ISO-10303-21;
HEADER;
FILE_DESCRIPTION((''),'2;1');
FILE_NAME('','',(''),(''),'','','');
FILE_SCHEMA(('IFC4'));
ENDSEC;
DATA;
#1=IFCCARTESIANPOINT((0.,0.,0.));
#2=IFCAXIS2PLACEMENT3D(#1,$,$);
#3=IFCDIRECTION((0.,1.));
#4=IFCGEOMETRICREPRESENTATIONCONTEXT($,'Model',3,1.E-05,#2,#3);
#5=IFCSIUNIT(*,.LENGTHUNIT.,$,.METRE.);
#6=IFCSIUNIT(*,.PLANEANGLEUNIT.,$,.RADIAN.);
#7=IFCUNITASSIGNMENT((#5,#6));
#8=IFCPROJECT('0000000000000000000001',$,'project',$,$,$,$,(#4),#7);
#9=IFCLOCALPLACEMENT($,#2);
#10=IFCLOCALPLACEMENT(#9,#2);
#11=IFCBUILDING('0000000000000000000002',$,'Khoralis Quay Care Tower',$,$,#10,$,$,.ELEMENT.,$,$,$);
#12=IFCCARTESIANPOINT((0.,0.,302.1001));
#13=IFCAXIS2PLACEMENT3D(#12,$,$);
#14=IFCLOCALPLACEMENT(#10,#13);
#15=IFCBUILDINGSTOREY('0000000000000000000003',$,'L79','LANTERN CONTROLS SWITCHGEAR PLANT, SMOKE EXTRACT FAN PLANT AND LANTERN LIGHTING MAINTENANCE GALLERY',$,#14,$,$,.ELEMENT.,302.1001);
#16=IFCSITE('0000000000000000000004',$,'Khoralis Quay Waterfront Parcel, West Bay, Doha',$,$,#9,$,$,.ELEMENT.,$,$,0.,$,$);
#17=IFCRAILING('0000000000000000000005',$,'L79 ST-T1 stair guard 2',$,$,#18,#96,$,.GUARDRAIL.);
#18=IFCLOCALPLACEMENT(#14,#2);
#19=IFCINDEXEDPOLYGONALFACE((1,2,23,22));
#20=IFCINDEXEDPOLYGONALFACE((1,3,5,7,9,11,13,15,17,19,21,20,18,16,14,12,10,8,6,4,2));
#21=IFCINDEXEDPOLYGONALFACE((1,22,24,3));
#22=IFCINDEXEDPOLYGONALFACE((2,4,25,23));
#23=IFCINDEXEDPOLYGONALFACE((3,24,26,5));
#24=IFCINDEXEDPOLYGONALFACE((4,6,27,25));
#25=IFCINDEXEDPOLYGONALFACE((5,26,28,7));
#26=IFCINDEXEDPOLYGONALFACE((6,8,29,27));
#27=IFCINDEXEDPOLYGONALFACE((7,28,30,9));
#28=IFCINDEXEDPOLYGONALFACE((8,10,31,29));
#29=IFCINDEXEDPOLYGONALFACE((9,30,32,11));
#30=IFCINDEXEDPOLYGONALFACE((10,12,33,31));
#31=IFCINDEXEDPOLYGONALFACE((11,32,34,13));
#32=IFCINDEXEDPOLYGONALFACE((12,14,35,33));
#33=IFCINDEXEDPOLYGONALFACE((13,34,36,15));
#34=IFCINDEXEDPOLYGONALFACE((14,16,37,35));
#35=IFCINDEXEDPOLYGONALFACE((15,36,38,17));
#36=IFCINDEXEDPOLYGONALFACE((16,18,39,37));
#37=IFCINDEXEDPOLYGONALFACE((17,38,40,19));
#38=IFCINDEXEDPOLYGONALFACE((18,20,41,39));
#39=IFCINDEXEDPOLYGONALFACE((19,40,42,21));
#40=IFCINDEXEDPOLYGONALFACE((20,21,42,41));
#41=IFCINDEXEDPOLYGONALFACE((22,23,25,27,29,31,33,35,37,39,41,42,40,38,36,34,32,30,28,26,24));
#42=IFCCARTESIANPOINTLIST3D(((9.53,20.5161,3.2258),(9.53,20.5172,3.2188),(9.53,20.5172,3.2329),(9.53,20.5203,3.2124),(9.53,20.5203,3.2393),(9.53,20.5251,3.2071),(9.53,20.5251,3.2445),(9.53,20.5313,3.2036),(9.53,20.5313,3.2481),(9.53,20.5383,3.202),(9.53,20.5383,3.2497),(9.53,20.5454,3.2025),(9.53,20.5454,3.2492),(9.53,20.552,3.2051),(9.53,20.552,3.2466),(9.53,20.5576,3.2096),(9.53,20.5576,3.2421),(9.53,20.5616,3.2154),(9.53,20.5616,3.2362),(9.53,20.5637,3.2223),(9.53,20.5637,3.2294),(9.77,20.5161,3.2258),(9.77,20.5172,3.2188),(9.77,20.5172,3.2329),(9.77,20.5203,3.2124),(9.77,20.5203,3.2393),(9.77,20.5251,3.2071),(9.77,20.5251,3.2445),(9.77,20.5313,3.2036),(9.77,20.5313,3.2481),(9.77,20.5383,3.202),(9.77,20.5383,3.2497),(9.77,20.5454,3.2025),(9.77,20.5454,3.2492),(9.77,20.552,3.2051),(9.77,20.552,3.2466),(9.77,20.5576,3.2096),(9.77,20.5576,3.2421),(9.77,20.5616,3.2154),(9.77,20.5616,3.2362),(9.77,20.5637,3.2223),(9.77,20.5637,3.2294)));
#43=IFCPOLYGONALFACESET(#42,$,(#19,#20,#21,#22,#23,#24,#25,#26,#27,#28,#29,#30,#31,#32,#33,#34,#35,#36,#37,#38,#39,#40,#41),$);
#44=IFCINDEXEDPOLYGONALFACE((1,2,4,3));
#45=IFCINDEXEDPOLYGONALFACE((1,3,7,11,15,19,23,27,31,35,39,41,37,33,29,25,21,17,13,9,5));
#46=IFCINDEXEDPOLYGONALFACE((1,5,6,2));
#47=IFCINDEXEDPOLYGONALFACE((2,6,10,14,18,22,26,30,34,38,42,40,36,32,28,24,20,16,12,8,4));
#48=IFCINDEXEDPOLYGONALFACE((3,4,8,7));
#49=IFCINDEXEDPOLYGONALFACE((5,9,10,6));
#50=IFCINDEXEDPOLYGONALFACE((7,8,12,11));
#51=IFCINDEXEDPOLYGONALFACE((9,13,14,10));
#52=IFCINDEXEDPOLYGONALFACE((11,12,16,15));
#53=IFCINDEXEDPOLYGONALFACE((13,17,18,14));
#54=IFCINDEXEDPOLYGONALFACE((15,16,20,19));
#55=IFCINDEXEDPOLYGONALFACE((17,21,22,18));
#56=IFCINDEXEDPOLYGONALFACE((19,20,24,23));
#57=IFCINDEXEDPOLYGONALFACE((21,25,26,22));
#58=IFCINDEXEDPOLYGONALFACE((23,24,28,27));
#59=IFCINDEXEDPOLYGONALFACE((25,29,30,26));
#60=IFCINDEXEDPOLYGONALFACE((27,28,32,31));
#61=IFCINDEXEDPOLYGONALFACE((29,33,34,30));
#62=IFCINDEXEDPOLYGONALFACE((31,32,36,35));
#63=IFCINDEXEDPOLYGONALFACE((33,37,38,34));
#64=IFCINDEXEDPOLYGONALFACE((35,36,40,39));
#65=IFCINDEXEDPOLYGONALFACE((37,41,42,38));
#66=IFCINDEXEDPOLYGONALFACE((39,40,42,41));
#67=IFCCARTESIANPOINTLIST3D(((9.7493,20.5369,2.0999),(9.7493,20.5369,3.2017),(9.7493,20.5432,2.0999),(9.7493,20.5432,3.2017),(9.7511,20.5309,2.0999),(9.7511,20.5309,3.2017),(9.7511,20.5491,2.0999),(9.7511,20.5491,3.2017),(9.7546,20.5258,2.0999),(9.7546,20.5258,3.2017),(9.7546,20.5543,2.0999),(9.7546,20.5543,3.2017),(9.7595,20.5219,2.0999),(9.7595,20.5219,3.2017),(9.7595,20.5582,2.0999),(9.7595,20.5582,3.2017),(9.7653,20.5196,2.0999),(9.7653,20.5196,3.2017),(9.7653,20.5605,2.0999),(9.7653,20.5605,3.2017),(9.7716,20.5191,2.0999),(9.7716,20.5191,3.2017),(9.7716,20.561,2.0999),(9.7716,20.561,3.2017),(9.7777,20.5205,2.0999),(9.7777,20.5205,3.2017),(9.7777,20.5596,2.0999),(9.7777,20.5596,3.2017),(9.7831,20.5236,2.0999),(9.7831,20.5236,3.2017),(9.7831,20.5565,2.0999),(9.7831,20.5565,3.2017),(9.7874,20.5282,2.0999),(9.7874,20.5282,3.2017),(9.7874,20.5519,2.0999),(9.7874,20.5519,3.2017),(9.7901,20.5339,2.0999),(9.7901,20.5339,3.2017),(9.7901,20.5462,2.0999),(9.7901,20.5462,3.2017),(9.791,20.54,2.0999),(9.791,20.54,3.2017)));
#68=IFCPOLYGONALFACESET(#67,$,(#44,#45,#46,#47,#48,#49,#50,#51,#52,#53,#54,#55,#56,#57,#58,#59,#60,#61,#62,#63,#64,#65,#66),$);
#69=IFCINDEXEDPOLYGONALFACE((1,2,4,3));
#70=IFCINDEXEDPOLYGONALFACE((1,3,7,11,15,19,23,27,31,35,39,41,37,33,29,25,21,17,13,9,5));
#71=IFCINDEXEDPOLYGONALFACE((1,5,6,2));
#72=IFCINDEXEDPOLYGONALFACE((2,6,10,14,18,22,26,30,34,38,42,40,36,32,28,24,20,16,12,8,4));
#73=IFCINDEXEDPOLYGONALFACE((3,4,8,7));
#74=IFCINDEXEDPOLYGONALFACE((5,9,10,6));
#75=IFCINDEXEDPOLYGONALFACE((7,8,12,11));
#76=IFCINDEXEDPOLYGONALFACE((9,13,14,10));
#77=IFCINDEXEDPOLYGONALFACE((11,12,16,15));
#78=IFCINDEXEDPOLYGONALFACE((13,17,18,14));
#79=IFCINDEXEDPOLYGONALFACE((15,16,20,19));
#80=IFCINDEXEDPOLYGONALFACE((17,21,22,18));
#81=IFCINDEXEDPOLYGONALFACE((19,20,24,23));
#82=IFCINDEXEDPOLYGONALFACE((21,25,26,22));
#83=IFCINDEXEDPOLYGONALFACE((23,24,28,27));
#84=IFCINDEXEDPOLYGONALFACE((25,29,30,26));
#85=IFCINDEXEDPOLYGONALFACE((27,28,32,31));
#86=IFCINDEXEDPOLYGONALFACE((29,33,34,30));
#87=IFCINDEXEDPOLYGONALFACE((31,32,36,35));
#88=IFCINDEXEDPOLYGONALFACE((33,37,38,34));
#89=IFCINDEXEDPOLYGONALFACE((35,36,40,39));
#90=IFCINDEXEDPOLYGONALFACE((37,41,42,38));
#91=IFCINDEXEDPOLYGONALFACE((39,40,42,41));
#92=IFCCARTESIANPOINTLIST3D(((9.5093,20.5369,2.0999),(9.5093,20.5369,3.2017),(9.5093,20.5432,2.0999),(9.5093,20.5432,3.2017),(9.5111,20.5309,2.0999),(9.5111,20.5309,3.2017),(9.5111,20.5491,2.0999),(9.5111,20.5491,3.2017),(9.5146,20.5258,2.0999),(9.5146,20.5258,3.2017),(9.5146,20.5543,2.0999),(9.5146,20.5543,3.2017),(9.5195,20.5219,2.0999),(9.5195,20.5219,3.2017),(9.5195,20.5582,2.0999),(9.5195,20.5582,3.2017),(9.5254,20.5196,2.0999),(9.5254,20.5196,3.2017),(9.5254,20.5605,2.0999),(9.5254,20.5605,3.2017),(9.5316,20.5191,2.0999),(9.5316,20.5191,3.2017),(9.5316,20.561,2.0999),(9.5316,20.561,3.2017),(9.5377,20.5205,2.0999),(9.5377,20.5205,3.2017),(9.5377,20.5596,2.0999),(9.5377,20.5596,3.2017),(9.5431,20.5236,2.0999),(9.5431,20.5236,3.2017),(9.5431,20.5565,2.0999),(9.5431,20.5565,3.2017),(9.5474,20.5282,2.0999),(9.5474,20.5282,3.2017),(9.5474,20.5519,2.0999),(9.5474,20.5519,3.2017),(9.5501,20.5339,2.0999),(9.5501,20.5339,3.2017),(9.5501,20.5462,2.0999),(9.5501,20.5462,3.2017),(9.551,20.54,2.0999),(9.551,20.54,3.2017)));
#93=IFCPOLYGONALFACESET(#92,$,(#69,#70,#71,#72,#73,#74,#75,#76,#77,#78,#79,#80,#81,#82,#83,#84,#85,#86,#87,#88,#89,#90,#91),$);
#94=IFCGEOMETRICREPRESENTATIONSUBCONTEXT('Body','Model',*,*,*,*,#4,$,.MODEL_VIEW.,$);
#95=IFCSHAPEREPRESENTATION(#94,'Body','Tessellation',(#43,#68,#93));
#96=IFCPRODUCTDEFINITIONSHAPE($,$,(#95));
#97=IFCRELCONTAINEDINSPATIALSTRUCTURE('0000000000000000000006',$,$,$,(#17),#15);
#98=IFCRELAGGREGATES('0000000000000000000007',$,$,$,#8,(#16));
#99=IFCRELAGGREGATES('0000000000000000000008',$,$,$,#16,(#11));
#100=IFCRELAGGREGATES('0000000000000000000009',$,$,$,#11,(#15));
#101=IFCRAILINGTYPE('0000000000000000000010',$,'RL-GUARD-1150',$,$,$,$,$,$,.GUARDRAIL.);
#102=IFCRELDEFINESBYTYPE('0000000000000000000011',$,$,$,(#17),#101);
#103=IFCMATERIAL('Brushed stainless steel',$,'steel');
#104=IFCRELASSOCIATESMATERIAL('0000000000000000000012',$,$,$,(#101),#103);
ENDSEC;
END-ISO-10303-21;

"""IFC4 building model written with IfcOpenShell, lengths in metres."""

from ifc_helpers import new_model, si_unit, direction, frame, origin, origin_2d, place, context, subcontext, project, spatial, circle, extrude, material, type_object, element, save


model = new_model("IFC4")

# Units and contexts
model_context = context("Model", 3, precision=1e-05, world=origin(), true_north=direction((0.0, 1.0)))
body_context = subcontext(model_context, "Body", "Model", "MODEL_VIEW")
ifc_project = project(units=[si_unit("LENGTHUNIT", "METRE"), si_unit("PLANEANGLEUNIT", "RADIAN")], contexts=[model_context])

# Site, building, storey
site_placement = place(None, origin())
site = spatial("IfcSite", under=ifc_project, at=site_placement, Name="Khoralis Quay Waterfront Parcel, West Bay, Doha", CompositionType="ELEMENT", RefElevation=0.0)
building_placement = place(site_placement, origin())
building = spatial("IfcBuilding", under=site, at=building_placement, Name="Khoralis Quay Care Tower", CompositionType="ELEMENT")
storey_placement = place(building_placement, frame((0.0, 0.0, 302.1001)))
storey = spatial("IfcBuildingStorey", under=building, at=storey_placement, Name="L79", Description="LANTERN CONTROLS SWITCHGEAR PLANT, SMOKE EXTRACT FAN PLANT AND LANTERN LIGHTING MAINTENANCE GALLERY", CompositionType="ELEMENT", Elevation=302.1001)

# Railing
ifc_material_1 = material(Name="Brushed stainless steel", Category="steel")
railing_type_1 = type_object("IfcRailingType", Name="RL-GUARD-1150", PredefinedType="GUARDRAIL", material=ifc_material_1)
railing_1_placement = place(storey_placement, frame((9.77, 20.54, 2.0999)))
element("IfcRailing", 1, at=railing_1_placement, inside=storey, type_object=railing_type_1, Name="L79 ST-T1 stair guard 2", PredefinedType="GUARDRAIL", context=body_context, shape_type="SweptSolid", body=[
    extrude(circle(Radius=0.0239, at=origin_2d()), frame((0.0, 0.0, 1.126), z_axis=(-1.0, 0.0, 0.0), x_axis=(0.0, -1.0, 0.0)), (0.0, 0.0, 1.0), 0.24),
    extrude(circle(Radius=0.021, at=origin_2d()), origin(), (0.0, 0.0, 1.0), 1.1018),
    extrude(circle(Radius=0.021, at=origin_2d()), frame((-0.24, 0.0, 0.0)), (0.0, 0.0, 1.0), 1.1018),
])

save(model, "model.ifc")
